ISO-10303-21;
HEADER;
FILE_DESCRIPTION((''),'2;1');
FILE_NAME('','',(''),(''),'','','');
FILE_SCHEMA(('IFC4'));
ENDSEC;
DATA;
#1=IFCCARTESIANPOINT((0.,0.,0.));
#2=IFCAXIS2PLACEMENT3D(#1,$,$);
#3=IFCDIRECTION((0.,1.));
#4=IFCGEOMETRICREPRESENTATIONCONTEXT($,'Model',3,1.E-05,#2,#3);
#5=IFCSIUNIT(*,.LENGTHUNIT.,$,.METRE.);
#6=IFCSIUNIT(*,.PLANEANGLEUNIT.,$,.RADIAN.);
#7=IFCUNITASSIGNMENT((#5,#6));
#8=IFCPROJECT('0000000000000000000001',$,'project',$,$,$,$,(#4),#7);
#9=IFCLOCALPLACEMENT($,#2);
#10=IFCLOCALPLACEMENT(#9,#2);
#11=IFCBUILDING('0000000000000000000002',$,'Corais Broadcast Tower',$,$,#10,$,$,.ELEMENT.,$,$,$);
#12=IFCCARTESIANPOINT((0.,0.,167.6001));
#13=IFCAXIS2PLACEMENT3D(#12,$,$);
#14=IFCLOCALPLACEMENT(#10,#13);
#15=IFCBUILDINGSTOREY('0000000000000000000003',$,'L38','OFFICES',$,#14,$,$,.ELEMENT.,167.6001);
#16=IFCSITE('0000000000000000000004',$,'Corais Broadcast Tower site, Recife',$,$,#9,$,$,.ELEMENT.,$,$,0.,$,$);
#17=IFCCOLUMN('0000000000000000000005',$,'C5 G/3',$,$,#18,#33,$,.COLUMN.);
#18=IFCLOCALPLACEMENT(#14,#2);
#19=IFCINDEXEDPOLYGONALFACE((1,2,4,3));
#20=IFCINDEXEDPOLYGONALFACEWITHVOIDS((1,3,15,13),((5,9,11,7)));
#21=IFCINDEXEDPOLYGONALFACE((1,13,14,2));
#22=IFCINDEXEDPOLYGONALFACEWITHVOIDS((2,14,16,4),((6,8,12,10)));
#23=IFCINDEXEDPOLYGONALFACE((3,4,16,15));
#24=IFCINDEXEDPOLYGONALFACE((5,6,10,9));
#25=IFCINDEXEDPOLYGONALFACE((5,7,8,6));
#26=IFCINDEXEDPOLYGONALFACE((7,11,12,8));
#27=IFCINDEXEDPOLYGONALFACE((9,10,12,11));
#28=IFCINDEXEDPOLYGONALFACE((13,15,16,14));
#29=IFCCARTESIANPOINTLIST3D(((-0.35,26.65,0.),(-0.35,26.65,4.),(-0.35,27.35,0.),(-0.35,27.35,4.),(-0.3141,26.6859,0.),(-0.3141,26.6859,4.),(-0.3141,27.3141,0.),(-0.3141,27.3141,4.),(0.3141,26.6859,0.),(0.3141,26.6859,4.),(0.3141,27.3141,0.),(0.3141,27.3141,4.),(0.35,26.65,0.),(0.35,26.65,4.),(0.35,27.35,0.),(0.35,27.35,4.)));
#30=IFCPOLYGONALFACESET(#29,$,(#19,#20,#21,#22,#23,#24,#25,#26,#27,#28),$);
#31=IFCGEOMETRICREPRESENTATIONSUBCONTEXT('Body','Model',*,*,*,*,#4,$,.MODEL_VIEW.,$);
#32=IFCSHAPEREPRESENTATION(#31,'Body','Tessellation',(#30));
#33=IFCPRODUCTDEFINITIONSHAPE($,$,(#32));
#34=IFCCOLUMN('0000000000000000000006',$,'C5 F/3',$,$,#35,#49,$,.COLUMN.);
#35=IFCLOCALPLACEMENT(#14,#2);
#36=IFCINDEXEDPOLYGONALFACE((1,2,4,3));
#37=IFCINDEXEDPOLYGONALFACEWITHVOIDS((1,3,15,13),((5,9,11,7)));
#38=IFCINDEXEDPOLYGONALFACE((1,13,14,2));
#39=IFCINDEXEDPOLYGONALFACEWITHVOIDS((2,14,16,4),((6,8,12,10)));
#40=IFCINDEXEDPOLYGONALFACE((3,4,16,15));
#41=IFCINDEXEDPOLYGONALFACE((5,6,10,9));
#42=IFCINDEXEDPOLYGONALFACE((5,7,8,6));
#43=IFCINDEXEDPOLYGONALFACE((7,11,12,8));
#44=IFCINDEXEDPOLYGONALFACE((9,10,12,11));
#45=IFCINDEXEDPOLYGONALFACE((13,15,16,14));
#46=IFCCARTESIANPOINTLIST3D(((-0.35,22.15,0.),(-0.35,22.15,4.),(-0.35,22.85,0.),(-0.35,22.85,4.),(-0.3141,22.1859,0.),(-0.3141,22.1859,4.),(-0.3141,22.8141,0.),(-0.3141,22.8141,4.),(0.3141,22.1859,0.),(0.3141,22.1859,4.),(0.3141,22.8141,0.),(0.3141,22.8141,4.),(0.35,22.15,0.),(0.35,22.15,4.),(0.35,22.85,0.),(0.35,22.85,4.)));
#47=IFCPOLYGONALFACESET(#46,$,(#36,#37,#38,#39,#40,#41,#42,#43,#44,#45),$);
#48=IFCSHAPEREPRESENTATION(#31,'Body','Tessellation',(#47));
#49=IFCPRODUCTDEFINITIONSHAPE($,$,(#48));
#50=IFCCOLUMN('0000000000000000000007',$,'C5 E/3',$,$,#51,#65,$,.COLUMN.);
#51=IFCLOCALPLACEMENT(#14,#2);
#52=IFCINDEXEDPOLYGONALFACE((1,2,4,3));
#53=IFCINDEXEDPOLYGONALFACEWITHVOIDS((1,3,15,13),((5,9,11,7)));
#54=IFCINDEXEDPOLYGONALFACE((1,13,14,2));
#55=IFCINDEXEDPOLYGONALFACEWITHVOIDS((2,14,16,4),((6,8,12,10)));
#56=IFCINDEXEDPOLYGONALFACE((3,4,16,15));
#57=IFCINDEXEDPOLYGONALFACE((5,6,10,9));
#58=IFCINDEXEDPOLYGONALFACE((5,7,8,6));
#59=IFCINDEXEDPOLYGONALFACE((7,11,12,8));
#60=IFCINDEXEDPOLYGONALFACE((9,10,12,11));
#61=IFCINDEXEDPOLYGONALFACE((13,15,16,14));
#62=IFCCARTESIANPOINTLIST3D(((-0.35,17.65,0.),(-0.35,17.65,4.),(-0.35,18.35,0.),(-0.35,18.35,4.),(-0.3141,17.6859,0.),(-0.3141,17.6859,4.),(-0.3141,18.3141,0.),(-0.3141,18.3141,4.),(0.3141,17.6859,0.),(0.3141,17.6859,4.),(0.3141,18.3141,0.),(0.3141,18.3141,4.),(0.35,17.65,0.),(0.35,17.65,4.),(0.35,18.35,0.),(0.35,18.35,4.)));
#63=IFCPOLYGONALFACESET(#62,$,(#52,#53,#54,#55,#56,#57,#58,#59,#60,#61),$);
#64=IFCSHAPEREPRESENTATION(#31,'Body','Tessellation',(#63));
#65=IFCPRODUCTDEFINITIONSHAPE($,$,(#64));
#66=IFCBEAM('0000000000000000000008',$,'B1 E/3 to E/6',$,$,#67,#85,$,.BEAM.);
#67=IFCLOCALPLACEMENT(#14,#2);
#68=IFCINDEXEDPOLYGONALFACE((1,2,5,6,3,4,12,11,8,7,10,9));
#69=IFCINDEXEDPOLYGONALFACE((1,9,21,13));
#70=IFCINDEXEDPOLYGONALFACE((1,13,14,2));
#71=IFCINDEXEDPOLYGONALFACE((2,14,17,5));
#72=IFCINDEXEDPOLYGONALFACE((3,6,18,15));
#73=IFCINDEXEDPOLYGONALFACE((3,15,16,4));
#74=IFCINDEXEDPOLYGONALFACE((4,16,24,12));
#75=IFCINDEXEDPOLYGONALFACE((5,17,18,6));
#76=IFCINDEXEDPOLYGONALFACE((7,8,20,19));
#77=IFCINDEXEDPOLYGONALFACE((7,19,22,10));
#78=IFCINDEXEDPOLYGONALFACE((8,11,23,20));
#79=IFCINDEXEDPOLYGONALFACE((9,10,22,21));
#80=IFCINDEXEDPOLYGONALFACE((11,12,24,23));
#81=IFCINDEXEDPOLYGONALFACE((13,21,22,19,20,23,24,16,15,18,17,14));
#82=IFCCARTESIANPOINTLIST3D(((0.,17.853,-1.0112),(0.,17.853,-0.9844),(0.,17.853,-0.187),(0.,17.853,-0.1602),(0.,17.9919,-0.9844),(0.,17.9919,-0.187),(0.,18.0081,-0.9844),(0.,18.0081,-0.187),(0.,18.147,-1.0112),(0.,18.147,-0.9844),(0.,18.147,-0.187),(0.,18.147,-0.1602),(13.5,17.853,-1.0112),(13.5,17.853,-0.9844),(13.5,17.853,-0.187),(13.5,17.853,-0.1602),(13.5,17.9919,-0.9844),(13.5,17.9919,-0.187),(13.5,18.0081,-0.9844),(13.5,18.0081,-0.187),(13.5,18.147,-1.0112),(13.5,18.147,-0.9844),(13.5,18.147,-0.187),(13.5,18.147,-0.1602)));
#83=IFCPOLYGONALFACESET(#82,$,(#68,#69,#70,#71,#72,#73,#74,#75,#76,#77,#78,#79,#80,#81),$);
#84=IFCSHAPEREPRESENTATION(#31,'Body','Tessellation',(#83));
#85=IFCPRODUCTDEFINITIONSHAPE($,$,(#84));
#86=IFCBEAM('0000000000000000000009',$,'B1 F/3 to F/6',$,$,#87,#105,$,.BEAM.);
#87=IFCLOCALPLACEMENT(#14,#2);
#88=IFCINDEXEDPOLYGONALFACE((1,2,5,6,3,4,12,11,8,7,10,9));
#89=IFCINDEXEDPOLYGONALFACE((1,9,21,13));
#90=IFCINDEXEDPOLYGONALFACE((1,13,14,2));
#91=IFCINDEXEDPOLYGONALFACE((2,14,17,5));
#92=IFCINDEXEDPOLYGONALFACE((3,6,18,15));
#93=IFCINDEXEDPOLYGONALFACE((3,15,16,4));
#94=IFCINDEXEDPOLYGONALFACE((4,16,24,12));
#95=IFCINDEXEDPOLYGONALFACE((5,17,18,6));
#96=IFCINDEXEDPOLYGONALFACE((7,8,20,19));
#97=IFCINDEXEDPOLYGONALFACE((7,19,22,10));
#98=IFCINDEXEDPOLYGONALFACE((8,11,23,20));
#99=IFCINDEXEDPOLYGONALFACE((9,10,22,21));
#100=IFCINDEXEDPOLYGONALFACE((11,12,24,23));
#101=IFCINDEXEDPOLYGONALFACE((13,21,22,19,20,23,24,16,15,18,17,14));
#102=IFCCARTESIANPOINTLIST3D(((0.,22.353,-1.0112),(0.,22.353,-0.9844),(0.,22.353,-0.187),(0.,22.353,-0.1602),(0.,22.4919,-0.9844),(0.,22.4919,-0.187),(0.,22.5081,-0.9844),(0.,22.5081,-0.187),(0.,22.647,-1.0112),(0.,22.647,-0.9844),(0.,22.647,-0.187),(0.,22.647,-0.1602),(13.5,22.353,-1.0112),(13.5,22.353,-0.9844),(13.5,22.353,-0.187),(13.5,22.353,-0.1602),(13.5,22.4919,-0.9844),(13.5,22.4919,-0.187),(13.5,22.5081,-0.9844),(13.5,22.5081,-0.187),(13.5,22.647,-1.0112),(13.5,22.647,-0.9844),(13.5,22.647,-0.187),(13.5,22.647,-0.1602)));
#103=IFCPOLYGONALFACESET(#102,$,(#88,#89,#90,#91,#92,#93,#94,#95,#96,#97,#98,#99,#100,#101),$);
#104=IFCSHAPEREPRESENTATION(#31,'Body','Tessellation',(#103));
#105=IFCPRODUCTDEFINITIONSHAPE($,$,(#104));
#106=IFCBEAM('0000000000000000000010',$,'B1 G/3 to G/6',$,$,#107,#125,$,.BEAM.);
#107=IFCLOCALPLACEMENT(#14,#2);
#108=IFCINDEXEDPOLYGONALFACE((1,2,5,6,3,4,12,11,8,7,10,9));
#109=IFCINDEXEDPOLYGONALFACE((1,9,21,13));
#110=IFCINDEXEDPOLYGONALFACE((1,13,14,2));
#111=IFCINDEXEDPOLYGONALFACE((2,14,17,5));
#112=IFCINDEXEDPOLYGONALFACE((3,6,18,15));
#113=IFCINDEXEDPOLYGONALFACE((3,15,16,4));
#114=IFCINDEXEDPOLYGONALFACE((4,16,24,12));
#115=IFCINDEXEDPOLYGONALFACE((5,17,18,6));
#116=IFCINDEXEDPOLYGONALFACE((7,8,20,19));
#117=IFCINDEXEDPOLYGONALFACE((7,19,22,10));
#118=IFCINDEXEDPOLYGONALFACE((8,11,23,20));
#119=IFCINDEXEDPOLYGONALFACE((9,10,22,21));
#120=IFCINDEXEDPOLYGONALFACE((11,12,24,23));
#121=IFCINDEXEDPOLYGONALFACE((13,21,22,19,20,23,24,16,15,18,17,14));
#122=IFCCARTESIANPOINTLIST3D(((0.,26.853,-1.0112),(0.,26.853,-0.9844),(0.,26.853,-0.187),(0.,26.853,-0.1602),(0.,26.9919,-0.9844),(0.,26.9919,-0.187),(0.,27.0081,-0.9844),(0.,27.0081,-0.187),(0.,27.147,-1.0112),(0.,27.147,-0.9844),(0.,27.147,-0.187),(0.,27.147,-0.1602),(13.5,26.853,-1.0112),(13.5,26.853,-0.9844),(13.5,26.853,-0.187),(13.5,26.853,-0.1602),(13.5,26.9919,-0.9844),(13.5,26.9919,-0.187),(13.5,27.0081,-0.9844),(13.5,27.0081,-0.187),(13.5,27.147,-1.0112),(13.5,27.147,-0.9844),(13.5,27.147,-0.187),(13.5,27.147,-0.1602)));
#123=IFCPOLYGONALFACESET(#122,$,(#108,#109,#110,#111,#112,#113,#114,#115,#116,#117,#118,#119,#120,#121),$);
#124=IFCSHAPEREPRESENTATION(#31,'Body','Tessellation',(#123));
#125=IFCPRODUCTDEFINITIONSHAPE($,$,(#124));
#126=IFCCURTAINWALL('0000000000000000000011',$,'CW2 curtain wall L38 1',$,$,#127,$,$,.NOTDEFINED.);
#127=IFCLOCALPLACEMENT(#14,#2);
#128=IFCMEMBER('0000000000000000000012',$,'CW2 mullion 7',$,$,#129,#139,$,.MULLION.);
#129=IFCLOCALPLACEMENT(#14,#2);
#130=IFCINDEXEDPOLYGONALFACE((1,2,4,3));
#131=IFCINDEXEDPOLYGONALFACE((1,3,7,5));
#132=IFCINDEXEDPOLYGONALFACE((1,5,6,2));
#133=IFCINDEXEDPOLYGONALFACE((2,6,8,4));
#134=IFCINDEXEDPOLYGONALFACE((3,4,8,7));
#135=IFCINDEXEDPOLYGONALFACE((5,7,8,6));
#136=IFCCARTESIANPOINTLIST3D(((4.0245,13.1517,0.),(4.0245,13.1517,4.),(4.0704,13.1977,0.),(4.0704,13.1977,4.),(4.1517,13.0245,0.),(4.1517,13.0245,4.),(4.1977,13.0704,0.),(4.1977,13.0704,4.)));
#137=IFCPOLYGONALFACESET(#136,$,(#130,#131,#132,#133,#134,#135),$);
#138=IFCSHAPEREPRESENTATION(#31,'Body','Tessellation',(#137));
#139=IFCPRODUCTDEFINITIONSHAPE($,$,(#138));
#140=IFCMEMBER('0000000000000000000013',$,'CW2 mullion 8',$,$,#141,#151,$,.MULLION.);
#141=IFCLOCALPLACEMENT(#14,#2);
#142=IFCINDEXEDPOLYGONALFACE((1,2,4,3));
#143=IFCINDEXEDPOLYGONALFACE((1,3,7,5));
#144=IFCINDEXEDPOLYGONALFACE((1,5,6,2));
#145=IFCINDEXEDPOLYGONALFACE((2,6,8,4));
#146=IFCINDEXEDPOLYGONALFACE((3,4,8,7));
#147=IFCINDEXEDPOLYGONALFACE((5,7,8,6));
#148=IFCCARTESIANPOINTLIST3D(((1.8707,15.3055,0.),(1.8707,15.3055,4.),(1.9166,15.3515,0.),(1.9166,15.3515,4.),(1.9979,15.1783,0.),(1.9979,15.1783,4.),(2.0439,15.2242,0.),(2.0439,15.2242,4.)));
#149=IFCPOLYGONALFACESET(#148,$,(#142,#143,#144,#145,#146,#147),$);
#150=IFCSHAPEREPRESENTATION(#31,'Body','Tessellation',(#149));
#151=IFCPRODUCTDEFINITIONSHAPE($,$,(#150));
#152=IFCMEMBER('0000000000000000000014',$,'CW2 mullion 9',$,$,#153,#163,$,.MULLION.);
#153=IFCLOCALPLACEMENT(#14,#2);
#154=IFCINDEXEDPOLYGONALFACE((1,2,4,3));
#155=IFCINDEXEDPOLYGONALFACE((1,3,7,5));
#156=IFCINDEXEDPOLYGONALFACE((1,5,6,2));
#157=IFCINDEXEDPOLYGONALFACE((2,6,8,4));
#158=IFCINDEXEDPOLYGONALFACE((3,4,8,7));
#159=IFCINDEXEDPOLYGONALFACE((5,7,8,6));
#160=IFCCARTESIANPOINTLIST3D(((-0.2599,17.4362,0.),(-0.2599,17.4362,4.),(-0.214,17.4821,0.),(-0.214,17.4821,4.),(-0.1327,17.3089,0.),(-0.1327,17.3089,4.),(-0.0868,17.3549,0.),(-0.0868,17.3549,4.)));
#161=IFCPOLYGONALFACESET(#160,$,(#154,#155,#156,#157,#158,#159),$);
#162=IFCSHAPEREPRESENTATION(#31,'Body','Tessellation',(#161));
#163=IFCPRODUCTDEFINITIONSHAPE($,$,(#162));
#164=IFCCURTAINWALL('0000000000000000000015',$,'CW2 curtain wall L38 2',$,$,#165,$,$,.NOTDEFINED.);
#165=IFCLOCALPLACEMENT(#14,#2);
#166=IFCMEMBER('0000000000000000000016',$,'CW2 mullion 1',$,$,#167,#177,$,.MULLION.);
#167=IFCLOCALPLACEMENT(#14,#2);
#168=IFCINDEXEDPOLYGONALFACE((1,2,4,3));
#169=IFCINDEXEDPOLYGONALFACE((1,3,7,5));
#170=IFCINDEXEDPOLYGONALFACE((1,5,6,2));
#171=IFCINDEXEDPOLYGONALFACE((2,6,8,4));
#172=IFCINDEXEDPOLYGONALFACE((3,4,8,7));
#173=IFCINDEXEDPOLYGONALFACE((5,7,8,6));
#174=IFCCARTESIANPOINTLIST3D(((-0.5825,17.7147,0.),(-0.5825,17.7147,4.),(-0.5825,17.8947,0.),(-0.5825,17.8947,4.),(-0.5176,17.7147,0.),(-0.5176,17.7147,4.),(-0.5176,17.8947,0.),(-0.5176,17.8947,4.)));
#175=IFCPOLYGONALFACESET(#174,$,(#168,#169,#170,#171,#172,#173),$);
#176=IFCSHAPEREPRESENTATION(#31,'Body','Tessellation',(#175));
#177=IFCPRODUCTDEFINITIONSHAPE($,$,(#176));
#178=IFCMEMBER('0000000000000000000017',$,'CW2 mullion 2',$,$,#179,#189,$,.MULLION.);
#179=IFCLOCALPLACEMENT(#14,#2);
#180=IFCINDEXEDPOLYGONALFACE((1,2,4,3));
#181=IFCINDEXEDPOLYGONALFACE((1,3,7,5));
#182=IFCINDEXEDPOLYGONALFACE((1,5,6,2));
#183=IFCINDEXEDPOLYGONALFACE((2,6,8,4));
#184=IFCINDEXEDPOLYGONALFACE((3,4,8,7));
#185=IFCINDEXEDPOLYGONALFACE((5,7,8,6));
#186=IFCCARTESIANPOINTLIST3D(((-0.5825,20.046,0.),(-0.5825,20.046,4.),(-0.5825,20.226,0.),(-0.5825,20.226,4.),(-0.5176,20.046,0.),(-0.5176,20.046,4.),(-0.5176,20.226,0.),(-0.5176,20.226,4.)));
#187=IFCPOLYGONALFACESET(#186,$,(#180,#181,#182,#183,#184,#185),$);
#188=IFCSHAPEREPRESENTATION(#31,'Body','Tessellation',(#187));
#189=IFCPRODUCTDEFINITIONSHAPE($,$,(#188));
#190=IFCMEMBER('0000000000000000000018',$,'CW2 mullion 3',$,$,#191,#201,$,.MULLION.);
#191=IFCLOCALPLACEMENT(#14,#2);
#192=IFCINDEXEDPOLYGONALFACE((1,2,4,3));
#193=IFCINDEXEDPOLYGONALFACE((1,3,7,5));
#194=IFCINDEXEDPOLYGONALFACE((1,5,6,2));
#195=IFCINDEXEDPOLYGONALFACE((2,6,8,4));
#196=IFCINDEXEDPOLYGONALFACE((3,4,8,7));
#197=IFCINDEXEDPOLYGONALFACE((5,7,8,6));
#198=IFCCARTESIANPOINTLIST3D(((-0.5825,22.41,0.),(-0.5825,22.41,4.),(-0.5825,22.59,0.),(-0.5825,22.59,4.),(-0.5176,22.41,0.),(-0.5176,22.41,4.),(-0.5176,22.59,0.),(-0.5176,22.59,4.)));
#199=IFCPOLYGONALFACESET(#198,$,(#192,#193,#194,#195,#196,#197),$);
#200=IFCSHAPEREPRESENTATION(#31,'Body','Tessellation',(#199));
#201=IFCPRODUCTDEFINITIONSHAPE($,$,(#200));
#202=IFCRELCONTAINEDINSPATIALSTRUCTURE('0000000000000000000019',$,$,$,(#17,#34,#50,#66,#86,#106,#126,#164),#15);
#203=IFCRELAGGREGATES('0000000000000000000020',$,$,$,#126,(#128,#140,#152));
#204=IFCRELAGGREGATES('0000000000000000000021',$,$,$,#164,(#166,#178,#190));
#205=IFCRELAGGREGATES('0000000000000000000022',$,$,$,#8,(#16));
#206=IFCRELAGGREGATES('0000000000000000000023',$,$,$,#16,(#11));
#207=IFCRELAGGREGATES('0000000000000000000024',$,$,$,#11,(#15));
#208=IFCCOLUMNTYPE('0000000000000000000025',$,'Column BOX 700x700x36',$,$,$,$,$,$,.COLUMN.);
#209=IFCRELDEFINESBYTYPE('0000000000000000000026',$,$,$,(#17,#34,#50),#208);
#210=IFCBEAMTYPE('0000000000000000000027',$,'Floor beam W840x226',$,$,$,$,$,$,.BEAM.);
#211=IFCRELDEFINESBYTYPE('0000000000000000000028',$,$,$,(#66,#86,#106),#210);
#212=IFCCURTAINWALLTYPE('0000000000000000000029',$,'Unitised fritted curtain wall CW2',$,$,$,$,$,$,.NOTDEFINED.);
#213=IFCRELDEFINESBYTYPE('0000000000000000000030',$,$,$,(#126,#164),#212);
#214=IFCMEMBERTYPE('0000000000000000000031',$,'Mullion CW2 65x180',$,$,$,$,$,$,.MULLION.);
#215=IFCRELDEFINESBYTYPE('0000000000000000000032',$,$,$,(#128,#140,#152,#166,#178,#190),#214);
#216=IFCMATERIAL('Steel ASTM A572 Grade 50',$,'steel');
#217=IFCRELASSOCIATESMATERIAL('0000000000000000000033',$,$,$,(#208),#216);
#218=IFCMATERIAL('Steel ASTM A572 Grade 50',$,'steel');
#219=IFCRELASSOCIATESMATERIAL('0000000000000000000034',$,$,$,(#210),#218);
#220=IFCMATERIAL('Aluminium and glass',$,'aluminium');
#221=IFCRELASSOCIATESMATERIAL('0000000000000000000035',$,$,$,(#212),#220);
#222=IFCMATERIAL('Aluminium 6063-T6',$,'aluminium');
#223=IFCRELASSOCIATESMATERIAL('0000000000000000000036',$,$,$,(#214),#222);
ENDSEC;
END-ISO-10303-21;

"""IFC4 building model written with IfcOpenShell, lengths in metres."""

from ifc_helpers import new_model, si_unit, direction, frame, origin, origin_2d, place, context, subcontext, project, spatial, rectangle, hollow_rectangle, i_section, extrude, material, material_profile, profile_set, type_object, element, aggregate, save


model = new_model("IFC4")

# Units and contexts
model_context = context("Model", 3, precision=1e-05, world=origin(), true_north=direction((0.0, 1.0)))
body_context = subcontext(model_context, "Body", "Model", "MODEL_VIEW")
ifc_project = project(units=[si_unit("LENGTHUNIT", "METRE"), si_unit("PLANEANGLEUNIT", "RADIAN")], contexts=[model_context])

# Site, building, storey
site_placement = place(None, origin())
site = spatial("IfcSite", under=ifc_project, at=site_placement, Name="Corais Broadcast Tower site, Recife", CompositionType="ELEMENT", RefElevation=0.0)
building_placement = place(site_placement, origin())
building = spatial("IfcBuilding", under=site, at=building_placement, Name="Corais Broadcast Tower", CompositionType="ELEMENT")
storey_placement = place(building_placement, frame((0.0, 0.0, 167.6001)))
storey = spatial("IfcBuildingStorey", under=building, at=storey_placement, Name="L38", Description="OFFICES", CompositionType="ELEMENT", Elevation=167.6001)

# Columns
ifc_material_1 = material(Name="Steel ASTM A572 Grade 50", Category="steel")
ifc_material_profile_1 = material_profile(ifc_material_1, hollow_rectangle(XDim=0.7, YDim=0.7, WallThickness=0.0359, at=origin_2d()), Name="BOX 700x700x36")
ifc_profile_set_1 = profile_set([ifc_material_profile_1], Name="Steel ASTM A572 Grade 50")
column_type = type_object("IfcColumnType", Name="Column BOX 700x700x36", PredefinedType="COLUMN", material=ifc_profile_set_1)
for number, where, z_axis, x_axis, name in (
    (1, (0.0, 27.0, 0.0), (0.0, 0.0, 1.0), (1.0, 0.0, 0.0), "C5 G/3"),
    (2, (0.0, 22.5, 0.0), (0.0, 0.0, 1.0), (1.0, 0.0, 0.0), "C5 F/3"),
    (3, (0.0, 18.0, 0.0), (0.0, 0.0, 1.0), (1.0, 0.0, 0.0), "C5 E/3"),
):
    element("IfcColumn", number, at=place(storey_placement, frame(where, z_axis=z_axis, x_axis=x_axis)), inside=storey, type_object=column_type, Name=name, PredefinedType="COLUMN", context=body_context, shape_type="SweptSolid", body=[
        extrude(hollow_rectangle(XDim=0.7, YDim=0.7, WallThickness=0.0359, at=origin_2d()), origin(), (0.0, 0.0, 1.0), 4.0),
    ])

# Beams
ifc_material_2 = material(Name="Steel ASTM A572 Grade 50", Category="steel")
ifc_material_profile_2 = material_profile(ifc_material_2, i_section(OverallWidth=0.2939, OverallDepth=0.8511, WebThickness=0.0161, FlangeThickness=0.0269, at=origin_2d()), Name="W840x226")
ifc_profile_set_2 = profile_set([ifc_material_profile_2], Name="Steel ASTM A572 Grade 50")
beam_type_1 = type_object("IfcBeamType", Name="Floor beam W840x226", PredefinedType="BEAM", material=ifc_profile_set_2)
for number, where, z_axis, x_axis, name in (
    (4, (0.0, 18.0, -0.5857), (1.0, 0.0, 0.0), (0.0, 1.0, 0.0), "B1 E/3 to E/6"),
    (5, (0.0, 22.5, -0.5857), (1.0, 0.0, 0.0), (0.0, 1.0, 0.0), "B1 F/3 to F/6"),
    (6, (0.0, 27.0, -0.5857), (1.0, 0.0, 0.0), (0.0, 1.0, 0.0), "B1 G/3 to G/6"),
):
    element("IfcBeam", number, at=place(storey_placement, frame(where, z_axis=z_axis, x_axis=x_axis)), inside=storey, type_object=beam_type_1, Name=name, PredefinedType="BEAM", context=body_context, shape_type="SweptSolid", body=[
        extrude(i_section(OverallWidth=0.2939, OverallDepth=0.8511, WebThickness=0.0161, FlangeThickness=0.0269, at=origin_2d()), origin(), (0.0, 0.0, 1.0), 13.5),
    ])

# Curtain walls, members
ifc_material_3 = material(Name="Aluminium and glass", Category="aluminium")
curtain_wall_type = type_object("IfcCurtainWallType", Name="Unitised fritted curtain wall CW2", PredefinedType="NOTDEFINED", material=ifc_material_3)
curtain_wall_1_placement = place(storey_placement, origin())
curtain_wall_1 = element("IfcCurtainWall", 7, at=curtain_wall_1_placement, inside=storey, type_object=curtain_wall_type, Name="CW2 curtain wall L38 1", PredefinedType="NOTDEFINED")
ifc_material_4 = material(Name="Aluminium 6063-T6", Category="aluminium")
ifc_material_profile_3 = material_profile(ifc_material_4, rectangle(XDim=0.0649, YDim=0.1799, at=origin_2d()), Name="Mullion CW2 65x180")
ifc_profile_set_3 = profile_set([ifc_material_profile_3], Name="Aluminium 6063-T6")
member_type_1 = type_object("IfcMemberType", Name="Mullion CW2 65x180", PredefinedType="MULLION", material=ifc_profile_set_3)
member_1_placement = place(storey_placement, frame((4.1111, 13.1111, 0.0), z_axis=(0.0, 0.0, 1.0), x_axis=(-0.707107, -0.707107, 0.0)))
member_1 = element("IfcMember", 8, at=member_1_placement, type_object=member_type_1, Name="CW2 mullion 7", PredefinedType="MULLION", context=body_context, shape_type="SweptSolid", body=[
    extrude(rectangle(XDim=0.0649, YDim=0.1799, at=origin_2d()), origin(), (0.0, 0.0, 1.0), 4.0),
])
member_2_placement = place(storey_placement, frame((1.9573, 15.2649, 0.0), z_axis=(0.0, 0.0, 1.0), x_axis=(-0.707107, -0.707107, 0.0)))
member_2 = element("IfcMember", 9, at=member_2_placement, type_object=member_type_1, Name="CW2 mullion 8", PredefinedType="MULLION", context=body_context, shape_type="SweptSolid", body=[
    extrude(rectangle(XDim=0.0649, YDim=0.1799, at=origin_2d()), origin(), (0.0, 0.0, 1.0), 4.0),
])
member_3_placement = place(storey_placement, frame((-0.1733, 17.3955, 0.0), z_axis=(0.0, 0.0, 1.0), x_axis=(-0.707107, -0.707107, 0.0)))
member_3 = element("IfcMember", 10, at=member_3_placement, type_object=member_type_1, Name="CW2 mullion 9", PredefinedType="MULLION", context=body_context, shape_type="SweptSolid", body=[
    extrude(rectangle(XDim=0.0649, YDim=0.1799, at=origin_2d()), origin(), (0.0, 0.0, 1.0), 4.0),
])
curtain_wall_2_placement = place(storey_placement, origin())
curtain_wall_2 = element("IfcCurtainWall", 11, at=curtain_wall_2_placement, inside=storey, type_object=curtain_wall_type, Name="CW2 curtain wall L38 2", PredefinedType="NOTDEFINED")
member_4_placement = place(storey_placement, frame((-0.55, 17.8047, 0.0), z_axis=(0.0, 0.0, 1.0), x_axis=(-1.0, 0.0, 0.0)))
member_4 = element("IfcMember", 12, at=member_4_placement, type_object=member_type_1, Name="CW2 mullion 1", PredefinedType="MULLION", context=body_context, shape_type="SweptSolid", body=[
    extrude(rectangle(XDim=0.0649, YDim=0.1799, at=origin_2d()), origin(), (0.0, 0.0, 1.0), 4.0),
])
member_5_placement = place(storey_placement, frame((-0.55, 20.136, 0.0), z_axis=(0.0, 0.0, 1.0), x_axis=(-1.0, 0.0, 0.0)))
member_5 = element("IfcMember", 13, at=member_5_placement, type_object=member_type_1, Name="CW2 mullion 2", PredefinedType="MULLION", context=body_context, shape_type="SweptSolid", body=[
    extrude(rectangle(XDim=0.0649, YDim=0.1799, at=origin_2d()), origin(), (0.0, 0.0, 1.0), 4.0),
])
member_6_placement = place(storey_placement, frame((-0.55, 22.5, 0.0), z_axis=(0.0, 0.0, 1.0), x_axis=(-1.0, 0.0, 0.0)))
member_6 = element("IfcMember", 14, at=member_6_placement, type_object=member_type_1, Name="CW2 mullion 3", PredefinedType="MULLION", context=body_context, shape_type="SweptSolid", body=[
    extrude(rectangle(XDim=0.0649, YDim=0.1799, at=origin_2d()), origin(), (0.0, 0.0, 1.0), 4.0),
])

aggregate(curtain_wall_1, [member_1, member_2, member_3])
aggregate(curtain_wall_2, [member_4, member_5, member_6])

save(model, "model.ifc")
